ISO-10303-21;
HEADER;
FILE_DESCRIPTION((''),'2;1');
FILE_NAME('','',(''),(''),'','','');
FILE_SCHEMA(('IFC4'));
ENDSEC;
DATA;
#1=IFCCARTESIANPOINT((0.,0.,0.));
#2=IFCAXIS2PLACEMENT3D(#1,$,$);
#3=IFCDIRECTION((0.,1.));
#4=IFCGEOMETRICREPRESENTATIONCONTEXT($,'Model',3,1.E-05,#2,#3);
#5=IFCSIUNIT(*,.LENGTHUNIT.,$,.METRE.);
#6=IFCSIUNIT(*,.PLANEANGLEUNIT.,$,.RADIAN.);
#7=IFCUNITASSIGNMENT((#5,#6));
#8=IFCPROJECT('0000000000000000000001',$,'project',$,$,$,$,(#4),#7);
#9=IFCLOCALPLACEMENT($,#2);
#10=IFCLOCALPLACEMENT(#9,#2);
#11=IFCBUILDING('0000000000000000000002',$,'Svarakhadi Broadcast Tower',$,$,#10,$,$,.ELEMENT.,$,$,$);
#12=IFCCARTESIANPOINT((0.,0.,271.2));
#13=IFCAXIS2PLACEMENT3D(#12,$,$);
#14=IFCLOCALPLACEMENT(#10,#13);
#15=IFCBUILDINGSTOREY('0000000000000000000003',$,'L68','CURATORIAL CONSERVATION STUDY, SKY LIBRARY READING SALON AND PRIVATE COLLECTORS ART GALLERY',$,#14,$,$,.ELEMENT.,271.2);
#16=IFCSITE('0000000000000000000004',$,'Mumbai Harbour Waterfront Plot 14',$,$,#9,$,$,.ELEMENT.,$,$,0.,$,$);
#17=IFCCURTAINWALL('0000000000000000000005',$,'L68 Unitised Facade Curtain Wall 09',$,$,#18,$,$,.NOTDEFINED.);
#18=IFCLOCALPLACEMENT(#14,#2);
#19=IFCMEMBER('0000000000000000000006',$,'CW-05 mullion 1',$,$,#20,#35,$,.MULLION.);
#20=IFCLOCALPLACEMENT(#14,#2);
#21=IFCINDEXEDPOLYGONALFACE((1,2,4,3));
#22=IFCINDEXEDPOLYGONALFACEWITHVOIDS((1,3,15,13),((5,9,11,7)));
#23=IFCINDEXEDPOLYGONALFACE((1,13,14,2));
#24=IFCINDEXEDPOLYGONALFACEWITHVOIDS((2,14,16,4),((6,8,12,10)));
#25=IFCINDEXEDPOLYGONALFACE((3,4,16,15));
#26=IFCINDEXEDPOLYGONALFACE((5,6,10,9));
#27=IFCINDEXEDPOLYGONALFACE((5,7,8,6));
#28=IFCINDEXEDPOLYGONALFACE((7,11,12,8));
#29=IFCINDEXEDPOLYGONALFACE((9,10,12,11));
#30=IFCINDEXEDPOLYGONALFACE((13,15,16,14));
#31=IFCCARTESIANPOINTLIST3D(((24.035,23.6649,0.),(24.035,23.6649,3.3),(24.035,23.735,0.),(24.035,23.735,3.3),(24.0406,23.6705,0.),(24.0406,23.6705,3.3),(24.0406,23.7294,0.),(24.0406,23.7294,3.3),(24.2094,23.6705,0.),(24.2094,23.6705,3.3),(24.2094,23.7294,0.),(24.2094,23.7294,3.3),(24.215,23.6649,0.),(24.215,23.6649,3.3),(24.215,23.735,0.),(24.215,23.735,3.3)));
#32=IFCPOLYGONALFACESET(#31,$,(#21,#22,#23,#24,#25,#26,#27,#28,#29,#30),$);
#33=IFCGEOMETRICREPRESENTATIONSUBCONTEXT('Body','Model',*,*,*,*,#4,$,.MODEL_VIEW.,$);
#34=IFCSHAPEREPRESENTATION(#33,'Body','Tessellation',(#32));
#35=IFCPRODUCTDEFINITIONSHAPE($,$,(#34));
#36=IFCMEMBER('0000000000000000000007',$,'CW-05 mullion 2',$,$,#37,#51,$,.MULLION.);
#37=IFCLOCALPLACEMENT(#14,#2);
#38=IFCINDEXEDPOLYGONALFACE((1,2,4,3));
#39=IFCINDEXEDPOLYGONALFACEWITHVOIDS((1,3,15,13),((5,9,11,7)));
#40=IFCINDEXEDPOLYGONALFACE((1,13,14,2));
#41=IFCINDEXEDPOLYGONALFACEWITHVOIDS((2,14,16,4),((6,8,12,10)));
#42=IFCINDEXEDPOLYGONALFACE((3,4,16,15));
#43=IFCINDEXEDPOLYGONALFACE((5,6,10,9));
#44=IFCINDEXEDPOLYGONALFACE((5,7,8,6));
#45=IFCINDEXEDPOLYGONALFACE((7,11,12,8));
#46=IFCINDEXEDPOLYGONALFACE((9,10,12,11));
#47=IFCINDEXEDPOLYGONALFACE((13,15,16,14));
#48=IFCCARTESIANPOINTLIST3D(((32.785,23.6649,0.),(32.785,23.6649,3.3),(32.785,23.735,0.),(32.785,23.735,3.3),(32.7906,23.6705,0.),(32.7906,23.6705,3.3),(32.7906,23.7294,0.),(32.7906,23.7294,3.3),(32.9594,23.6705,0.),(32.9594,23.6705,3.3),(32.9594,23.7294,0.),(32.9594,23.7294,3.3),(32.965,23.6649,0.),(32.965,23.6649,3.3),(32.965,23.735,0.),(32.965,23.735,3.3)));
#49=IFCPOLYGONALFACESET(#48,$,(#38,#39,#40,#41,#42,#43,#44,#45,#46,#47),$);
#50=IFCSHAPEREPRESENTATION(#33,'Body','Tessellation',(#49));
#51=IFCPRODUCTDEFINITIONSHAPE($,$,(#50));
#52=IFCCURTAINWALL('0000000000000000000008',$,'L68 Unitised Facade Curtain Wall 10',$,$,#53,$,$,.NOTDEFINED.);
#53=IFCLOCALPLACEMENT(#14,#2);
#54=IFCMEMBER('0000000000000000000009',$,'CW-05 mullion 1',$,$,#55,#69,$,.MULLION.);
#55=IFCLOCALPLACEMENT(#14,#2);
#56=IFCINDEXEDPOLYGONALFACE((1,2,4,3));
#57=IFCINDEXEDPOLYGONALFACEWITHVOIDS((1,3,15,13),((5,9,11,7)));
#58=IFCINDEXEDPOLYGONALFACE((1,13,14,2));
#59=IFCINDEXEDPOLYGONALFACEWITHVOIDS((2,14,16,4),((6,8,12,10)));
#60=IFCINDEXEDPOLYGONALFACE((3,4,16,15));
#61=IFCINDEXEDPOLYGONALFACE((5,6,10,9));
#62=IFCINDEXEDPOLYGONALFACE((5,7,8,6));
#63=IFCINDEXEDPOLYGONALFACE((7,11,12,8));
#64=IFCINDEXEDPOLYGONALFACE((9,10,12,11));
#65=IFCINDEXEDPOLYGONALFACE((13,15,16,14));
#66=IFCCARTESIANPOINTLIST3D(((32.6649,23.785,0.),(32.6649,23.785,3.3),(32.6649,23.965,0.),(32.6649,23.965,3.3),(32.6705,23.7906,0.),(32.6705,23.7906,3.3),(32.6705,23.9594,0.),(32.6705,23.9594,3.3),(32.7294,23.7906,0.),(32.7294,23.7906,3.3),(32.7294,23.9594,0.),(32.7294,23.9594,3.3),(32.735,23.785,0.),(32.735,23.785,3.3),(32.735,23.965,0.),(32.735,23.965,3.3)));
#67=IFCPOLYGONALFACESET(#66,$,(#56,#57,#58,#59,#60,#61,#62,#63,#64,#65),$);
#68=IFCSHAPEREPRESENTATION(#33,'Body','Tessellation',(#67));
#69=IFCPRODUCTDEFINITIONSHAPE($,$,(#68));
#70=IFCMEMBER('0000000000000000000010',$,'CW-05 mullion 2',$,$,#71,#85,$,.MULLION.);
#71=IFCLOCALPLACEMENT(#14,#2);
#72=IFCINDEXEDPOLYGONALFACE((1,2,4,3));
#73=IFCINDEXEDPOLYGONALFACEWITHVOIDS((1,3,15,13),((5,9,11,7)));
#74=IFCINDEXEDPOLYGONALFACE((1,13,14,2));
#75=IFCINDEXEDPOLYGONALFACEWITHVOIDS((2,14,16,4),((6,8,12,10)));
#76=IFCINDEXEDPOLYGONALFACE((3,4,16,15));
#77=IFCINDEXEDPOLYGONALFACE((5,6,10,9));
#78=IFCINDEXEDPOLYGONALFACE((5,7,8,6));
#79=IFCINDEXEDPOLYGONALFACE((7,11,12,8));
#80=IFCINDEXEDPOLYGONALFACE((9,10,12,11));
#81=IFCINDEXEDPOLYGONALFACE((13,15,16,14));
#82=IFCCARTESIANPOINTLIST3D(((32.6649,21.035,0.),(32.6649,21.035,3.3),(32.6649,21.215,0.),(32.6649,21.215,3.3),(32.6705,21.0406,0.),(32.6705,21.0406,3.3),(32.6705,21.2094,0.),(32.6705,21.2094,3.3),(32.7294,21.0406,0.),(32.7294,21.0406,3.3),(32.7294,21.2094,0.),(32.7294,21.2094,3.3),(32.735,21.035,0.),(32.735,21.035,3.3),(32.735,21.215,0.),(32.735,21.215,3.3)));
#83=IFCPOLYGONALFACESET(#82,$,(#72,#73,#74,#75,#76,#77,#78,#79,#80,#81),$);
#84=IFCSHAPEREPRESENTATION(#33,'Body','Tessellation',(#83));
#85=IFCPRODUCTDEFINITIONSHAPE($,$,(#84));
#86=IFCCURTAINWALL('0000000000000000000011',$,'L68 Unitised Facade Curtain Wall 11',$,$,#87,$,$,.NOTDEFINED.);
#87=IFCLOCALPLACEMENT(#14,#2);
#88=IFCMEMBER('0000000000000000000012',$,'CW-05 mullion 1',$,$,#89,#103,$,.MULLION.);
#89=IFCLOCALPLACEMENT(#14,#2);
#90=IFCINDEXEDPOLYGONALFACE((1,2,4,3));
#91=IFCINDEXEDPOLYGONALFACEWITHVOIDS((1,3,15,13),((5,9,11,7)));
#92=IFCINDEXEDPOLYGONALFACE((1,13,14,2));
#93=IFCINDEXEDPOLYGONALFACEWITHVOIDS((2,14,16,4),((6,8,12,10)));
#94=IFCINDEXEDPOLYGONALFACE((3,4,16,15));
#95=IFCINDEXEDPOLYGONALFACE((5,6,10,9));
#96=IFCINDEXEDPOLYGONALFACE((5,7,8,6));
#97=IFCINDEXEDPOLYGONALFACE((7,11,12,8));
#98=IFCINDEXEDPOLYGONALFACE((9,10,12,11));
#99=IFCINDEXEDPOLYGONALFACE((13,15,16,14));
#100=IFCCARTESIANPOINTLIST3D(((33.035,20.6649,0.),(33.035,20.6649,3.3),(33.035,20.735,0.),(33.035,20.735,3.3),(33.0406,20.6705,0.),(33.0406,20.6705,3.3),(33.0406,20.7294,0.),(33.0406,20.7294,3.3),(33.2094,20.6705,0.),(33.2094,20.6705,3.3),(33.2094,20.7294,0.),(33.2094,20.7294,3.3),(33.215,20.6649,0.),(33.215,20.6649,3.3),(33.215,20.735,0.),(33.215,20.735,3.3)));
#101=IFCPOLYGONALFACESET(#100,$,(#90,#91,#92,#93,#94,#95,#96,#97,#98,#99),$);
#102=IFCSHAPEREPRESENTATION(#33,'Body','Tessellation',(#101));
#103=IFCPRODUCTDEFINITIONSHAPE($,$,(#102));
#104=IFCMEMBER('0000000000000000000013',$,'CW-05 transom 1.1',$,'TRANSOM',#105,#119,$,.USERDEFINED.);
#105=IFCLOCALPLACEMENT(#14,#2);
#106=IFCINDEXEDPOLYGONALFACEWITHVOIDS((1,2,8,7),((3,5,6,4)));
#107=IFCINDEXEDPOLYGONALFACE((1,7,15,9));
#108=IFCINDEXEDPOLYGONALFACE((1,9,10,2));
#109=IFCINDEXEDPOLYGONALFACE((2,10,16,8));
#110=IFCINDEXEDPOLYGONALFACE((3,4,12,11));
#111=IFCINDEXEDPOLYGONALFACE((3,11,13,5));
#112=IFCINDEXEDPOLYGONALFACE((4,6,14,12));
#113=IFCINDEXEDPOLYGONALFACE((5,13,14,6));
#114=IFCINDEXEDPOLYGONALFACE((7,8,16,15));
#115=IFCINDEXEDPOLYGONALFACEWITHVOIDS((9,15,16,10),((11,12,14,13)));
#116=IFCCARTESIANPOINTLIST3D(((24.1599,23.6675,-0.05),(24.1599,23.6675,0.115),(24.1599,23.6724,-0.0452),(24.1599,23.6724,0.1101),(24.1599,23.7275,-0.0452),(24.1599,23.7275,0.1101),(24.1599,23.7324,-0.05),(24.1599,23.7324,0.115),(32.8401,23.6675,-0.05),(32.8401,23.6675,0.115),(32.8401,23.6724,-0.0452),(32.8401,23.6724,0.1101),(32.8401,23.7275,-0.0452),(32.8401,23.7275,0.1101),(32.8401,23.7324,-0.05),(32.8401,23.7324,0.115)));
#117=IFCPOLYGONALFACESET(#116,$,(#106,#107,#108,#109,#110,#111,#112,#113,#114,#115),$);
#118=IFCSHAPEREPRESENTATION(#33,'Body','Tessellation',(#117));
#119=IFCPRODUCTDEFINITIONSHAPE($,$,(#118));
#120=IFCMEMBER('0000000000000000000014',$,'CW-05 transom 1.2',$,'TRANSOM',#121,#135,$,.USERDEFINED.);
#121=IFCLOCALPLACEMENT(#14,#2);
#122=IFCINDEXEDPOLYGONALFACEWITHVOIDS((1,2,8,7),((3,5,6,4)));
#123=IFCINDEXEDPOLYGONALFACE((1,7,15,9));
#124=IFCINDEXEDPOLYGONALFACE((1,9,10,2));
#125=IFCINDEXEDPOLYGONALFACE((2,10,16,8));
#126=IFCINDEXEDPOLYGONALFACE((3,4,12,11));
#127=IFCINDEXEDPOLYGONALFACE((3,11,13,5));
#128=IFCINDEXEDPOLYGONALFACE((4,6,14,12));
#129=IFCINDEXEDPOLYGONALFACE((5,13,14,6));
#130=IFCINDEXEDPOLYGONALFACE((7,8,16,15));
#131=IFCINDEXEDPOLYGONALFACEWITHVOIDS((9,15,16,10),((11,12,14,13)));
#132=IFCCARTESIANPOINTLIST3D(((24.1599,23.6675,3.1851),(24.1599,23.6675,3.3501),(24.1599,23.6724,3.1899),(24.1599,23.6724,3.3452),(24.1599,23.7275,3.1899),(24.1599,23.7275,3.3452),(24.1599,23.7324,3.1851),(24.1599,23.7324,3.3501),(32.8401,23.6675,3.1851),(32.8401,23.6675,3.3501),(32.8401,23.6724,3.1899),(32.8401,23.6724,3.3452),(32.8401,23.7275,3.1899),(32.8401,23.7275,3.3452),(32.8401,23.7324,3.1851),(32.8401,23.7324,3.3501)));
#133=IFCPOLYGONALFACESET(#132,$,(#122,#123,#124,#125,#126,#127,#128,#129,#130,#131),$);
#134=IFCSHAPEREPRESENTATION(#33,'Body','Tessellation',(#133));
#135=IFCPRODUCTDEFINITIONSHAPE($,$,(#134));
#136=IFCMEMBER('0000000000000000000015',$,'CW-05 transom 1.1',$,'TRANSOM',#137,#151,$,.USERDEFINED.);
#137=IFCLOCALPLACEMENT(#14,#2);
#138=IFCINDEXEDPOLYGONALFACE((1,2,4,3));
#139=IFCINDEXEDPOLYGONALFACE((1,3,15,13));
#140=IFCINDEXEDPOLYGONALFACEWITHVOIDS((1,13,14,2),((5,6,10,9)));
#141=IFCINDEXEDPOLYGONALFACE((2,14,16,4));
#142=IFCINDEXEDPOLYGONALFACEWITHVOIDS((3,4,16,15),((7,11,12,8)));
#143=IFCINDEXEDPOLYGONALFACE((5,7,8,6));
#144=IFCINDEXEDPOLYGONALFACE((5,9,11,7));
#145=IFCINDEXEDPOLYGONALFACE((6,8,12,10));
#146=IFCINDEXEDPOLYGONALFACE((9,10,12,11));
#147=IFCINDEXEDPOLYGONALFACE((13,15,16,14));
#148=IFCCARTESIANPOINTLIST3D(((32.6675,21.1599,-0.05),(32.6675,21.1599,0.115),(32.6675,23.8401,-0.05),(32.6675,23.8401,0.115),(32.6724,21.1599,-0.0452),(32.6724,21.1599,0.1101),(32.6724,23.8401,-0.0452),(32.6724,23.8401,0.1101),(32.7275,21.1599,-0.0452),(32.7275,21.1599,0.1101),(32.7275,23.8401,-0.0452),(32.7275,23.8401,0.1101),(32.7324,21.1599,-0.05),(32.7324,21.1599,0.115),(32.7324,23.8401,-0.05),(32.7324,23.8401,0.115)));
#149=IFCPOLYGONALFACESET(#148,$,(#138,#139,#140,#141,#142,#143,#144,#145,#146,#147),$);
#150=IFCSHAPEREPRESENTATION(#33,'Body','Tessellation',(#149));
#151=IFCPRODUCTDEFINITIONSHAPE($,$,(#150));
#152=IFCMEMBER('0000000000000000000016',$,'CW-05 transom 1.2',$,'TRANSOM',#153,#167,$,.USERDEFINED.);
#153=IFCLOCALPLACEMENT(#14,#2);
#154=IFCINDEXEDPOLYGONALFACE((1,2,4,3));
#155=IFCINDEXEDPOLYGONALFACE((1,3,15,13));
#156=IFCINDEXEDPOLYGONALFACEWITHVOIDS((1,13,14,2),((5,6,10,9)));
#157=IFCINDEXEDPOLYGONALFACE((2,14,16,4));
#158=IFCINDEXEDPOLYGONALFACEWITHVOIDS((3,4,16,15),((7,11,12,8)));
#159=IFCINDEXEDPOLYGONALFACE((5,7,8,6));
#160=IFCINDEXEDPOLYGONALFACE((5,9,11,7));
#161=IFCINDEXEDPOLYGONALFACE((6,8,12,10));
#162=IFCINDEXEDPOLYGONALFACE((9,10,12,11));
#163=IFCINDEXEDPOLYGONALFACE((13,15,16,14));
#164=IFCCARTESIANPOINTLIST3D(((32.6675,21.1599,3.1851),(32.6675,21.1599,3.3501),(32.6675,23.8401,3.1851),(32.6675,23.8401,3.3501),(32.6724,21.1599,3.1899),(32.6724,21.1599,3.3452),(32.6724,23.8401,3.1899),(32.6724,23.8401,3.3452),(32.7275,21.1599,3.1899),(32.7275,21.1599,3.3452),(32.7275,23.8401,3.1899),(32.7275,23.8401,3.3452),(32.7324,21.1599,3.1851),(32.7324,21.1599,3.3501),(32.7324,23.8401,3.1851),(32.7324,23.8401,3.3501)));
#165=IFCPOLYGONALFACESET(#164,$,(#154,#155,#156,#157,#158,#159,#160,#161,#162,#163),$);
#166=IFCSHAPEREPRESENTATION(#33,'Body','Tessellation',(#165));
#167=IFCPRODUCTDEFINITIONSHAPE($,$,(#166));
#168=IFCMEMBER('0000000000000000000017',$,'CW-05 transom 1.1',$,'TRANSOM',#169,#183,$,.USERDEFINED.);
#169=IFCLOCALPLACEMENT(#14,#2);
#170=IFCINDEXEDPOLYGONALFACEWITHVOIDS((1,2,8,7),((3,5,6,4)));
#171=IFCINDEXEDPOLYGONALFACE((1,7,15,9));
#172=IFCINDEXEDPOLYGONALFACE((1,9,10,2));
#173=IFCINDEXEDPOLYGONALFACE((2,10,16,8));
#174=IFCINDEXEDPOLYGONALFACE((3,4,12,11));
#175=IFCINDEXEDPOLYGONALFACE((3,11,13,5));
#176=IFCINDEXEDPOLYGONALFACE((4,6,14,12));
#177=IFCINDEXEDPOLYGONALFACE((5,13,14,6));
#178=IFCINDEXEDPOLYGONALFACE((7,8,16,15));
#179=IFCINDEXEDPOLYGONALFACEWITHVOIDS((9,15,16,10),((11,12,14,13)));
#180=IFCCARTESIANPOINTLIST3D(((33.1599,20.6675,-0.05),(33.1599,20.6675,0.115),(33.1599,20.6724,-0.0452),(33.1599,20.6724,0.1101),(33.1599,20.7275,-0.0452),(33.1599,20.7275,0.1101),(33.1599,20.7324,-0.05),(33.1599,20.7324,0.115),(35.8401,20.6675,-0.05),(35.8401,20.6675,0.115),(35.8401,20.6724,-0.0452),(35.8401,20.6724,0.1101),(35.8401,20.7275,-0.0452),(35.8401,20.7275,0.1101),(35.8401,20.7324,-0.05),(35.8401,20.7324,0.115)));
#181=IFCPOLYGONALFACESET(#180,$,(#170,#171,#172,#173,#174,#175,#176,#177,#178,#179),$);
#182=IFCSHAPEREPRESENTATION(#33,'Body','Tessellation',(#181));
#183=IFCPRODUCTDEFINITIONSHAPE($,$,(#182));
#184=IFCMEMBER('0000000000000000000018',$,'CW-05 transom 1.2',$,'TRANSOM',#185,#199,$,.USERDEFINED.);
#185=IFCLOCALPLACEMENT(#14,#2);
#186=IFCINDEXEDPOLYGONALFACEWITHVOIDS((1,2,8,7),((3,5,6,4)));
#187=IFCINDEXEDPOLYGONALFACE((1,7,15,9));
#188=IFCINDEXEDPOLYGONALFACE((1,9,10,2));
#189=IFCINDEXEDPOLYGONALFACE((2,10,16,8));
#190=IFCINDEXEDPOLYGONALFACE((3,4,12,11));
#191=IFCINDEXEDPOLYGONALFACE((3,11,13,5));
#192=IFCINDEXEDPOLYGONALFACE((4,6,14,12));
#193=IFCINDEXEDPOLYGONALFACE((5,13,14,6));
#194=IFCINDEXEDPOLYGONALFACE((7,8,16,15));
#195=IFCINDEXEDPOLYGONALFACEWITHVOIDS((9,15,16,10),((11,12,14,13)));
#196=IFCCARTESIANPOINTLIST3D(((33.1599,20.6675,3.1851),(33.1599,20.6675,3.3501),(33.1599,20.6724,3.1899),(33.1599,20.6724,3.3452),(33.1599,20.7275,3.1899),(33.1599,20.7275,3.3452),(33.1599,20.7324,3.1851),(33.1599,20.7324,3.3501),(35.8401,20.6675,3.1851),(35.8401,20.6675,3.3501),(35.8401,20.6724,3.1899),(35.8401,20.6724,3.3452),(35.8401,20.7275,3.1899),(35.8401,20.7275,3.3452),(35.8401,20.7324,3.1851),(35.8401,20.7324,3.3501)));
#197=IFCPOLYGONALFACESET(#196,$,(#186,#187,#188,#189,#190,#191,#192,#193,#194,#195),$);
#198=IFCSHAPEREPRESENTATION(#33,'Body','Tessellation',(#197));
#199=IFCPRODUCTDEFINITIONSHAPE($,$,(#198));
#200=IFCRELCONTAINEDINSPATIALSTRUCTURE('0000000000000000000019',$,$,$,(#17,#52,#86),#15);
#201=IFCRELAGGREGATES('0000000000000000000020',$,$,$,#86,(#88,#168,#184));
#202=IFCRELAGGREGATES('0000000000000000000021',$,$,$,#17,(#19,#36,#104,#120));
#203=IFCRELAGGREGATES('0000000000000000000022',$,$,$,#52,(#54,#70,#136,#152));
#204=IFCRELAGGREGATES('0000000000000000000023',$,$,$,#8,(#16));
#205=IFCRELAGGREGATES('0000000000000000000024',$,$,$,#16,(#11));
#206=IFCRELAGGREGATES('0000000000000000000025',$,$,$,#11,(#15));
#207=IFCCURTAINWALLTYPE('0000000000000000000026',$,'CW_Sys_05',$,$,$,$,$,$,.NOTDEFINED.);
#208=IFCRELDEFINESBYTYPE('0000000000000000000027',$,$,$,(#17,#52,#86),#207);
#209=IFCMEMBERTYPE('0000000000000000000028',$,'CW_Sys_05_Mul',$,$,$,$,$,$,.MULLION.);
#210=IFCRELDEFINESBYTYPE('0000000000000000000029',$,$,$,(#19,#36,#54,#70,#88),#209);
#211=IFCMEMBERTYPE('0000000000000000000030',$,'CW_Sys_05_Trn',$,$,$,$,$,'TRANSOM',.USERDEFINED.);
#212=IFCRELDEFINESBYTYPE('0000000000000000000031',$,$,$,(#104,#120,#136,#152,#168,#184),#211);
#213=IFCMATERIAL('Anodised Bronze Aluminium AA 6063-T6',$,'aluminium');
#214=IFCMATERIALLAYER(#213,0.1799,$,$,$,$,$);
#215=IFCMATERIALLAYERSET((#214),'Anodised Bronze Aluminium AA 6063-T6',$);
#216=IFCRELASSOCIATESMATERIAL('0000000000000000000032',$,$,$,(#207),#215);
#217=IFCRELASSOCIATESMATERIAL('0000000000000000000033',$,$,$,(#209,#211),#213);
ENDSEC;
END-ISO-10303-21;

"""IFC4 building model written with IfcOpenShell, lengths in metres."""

from ifc_helpers import new_model, si_unit, direction, frame, origin, origin_2d, place, context, subcontext, project, spatial, hollow_rectangle, extrude, material, layer, layer_set, material_profile, profile_set, type_object, element, aggregate, save


model = new_model("IFC4")

# Units and contexts
model_context = context("Model", 3, precision=1e-05, world=origin(), true_north=direction((0.0, 1.0)))
body_context = subcontext(model_context, "Body", "Model", "MODEL_VIEW")
ifc_project = project(units=[si_unit("LENGTHUNIT", "METRE"), si_unit("PLANEANGLEUNIT", "RADIAN")], contexts=[model_context])

# Site, building, storey
site_placement = place(None, origin())
site = spatial("IfcSite", under=ifc_project, at=site_placement, Name="Mumbai Harbour Waterfront Plot 14", CompositionType="ELEMENT", RefElevation=0.0)
building_placement = place(site_placement, origin())
building = spatial("IfcBuilding", under=site, at=building_placement, Name="Svarakhadi Broadcast Tower", CompositionType="ELEMENT")
storey_placement = place(building_placement, frame((0.0, 0.0, 271.2)))
storey = spatial("IfcBuildingStorey", under=building, at=storey_placement, Name="L68", Description="CURATORIAL CONSERVATION STUDY, SKY LIBRARY READING SALON AND PRIVATE COLLECTORS ART GALLERY", CompositionType="ELEMENT", Elevation=271.2)

# Curtain walls, members
ifc_material_1 = material(Name="Anodised Bronze Aluminium AA 6063-T6", Category="aluminium")
ifc_layer_1 = layer(ifc_material_1, 0.1799)
ifc_layer_set_1 = layer_set([ifc_layer_1], Name="Anodised Bronze Aluminium AA 6063-T6")
curtain_wall_type = type_object("IfcCurtainWallType", Name="CW_Sys_05", PredefinedType="NOTDEFINED", material=ifc_layer_set_1)
curtain_wall_1_placement = place(storey_placement, origin())
curtain_wall_1 = element("IfcCurtainWall", 1, at=curtain_wall_1_placement, inside=storey, type_object=curtain_wall_type, Name="L68 Unitised Facade Curtain Wall 09", PredefinedType="NOTDEFINED")
ifc_material_profile_1 = material_profile(ifc_material_1, hollow_rectangle(XDim=0.0701, YDim=0.1799, WallThickness=0.0056, at=origin_2d()), Name="ALU MULLION 180x70x6")
ifc_profile_set_1 = profile_set([ifc_material_profile_1], Name="Anodised Bronze Aluminium AA 6063-T6")
member_type_1 = type_object("IfcMemberType", Name="CW_Sys_05_Mul", PredefinedType="MULLION", material=ifc_profile_set_1)
member_1_placement = place(storey_placement, frame((24.125, 23.7, 0.0), z_axis=(0.0, 0.0, 1.0), x_axis=(0.0, 1.0, 0.0)))
member_1 = element("IfcMember", 2, at=member_1_placement, type_object=member_type_1, Name="CW-05 mullion 1", PredefinedType="MULLION", context=body_context, shape_type="SweptSolid", body=[
    extrude(hollow_rectangle(XDim=0.0701, YDim=0.1799, WallThickness=0.0056, at=origin_2d()), origin(), (0.0, 0.0, 1.0), 3.3),
])
member_2_placement = place(storey_placement, frame((32.875, 23.7, 0.0), z_axis=(0.0, 0.0, 1.0), x_axis=(0.0, 1.0, 0.0)))
member_2 = element("IfcMember", 3, at=member_2_placement, type_object=member_type_1, Name="CW-05 mullion 2", PredefinedType="MULLION", context=body_context, shape_type="SweptSolid", body=[
    extrude(hollow_rectangle(XDim=0.0701, YDim=0.1799, WallThickness=0.0056, at=origin_2d()), origin(), (0.0, 0.0, 1.0), 3.3),
])
curtain_wall_2_placement = place(storey_placement, origin())
curtain_wall_2 = element("IfcCurtainWall", 4, at=curtain_wall_2_placement, inside=storey, type_object=curtain_wall_type, Name="L68 Unitised Facade Curtain Wall 10", PredefinedType="NOTDEFINED")
member_3_placement = place(storey_placement, frame((32.7, 23.875, 0.0), z_axis=(0.0, 0.0, 1.0), x_axis=(1.0, 0.0, 0.0)))
member_3 = element("IfcMember", 5, at=member_3_placement, type_object=member_type_1, Name="CW-05 mullion 1", PredefinedType="MULLION", context=body_context, shape_type="SweptSolid", body=[
    extrude(hollow_rectangle(XDim=0.0701, YDim=0.1799, WallThickness=0.0056, at=origin_2d()), origin(), (0.0, 0.0, 1.0), 3.3),
])
member_4_placement = place(storey_placement, frame((32.7, 21.125, 0.0), z_axis=(0.0, 0.0, 1.0), x_axis=(1.0, 0.0, 0.0)))
member_4 = element("IfcMember", 6, at=member_4_placement, type_object=member_type_1, Name="CW-05 mullion 2", PredefinedType="MULLION", context=body_context, shape_type="SweptSolid", body=[
    extrude(hollow_rectangle(XDim=0.0701, YDim=0.1799, WallThickness=0.0056, at=origin_2d()), origin(), (0.0, 0.0, 1.0), 3.3),
])

# Curtain wall, member
curtain_wall_3_placement = place(storey_placement, origin())
curtain_wall_3 = element("IfcCurtainWall", 7, at=curtain_wall_3_placement, inside=storey, type_object=curtain_wall_type, Name="L68 Unitised Facade Curtain Wall 11", PredefinedType="NOTDEFINED")
member_5_placement = place(storey_placement, frame((33.125, 20.7, 0.0), z_axis=(0.0, 0.0, 1.0), x_axis=(0.0, 1.0, 0.0)))
member_5 = element("IfcMember", 8, at=member_5_placement, type_object=member_type_1, Name="CW-05 mullion 1", PredefinedType="MULLION", context=body_context, shape_type="SweptSolid", body=[
    extrude(hollow_rectangle(XDim=0.0701, YDim=0.1799, WallThickness=0.0056, at=origin_2d()), origin(), (0.0, 0.0, 1.0), 3.3),
])

# Members
ifc_material_profile_2 = material_profile(ifc_material_1, hollow_rectangle(XDim=0.0649, YDim=0.165, WallThickness=0.0049, at=origin_2d()), Name="ALU TRANSOM 165x65x5")
ifc_profile_set_2 = profile_set([ifc_material_profile_2], Name="Anodised Bronze Aluminium AA 6063-T6")
member_type_2 = type_object("IfcMemberType", Name="CW_Sys_05_Trn", ElementType="TRANSOM", PredefinedType="USERDEFINED", material=ifc_profile_set_2)
member_6_placement = place(storey_placement, frame((24.1599, 23.7, 0.0325), z_axis=(1.0, 0.0, 0.0), x_axis=(0.0, 1.0, 0.0)))
member_6 = element("IfcMember", 9, at=member_6_placement, type_object=member_type_2, Name="CW-05 transom 1.1", ObjectType="TRANSOM", PredefinedType="USERDEFINED", context=body_context, shape_type="SweptSolid", body=[
    extrude(hollow_rectangle(XDim=0.0649, YDim=0.165, WallThickness=0.0049, at=origin_2d()), origin(), (0.0, 0.0, 1.0), 8.6802),
])
member_7_placement = place(storey_placement, frame((24.1599, 23.7, 3.2676), z_axis=(1.0, 0.0, 0.0), x_axis=(0.0, 1.0, 0.0)))
member_7 = element("IfcMember", 10, at=member_7_placement, type_object=member_type_2, Name="CW-05 transom 1.2", ObjectType="TRANSOM", PredefinedType="USERDEFINED", context=body_context, shape_type="SweptSolid", body=[
    extrude(hollow_rectangle(XDim=0.0649, YDim=0.165, WallThickness=0.0049, at=origin_2d()), origin(), (0.0, 0.0, 1.0), 8.6802),
])
member_8_placement = place(storey_placement, frame((32.7, 23.8401, 0.0325), z_axis=(0.0, -1.0, 0.0), x_axis=(1.0, 0.0, 0.0)))
member_8 = element("IfcMember", 11, at=member_8_placement, type_object=member_type_2, Name="CW-05 transom 1.1", ObjectType="TRANSOM", PredefinedType="USERDEFINED", context=body_context, shape_type="SweptSolid", body=[
    extrude(hollow_rectangle(XDim=0.0649, YDim=0.165, WallThickness=0.0049, at=origin_2d()), origin(), (0.0, 0.0, 1.0), 2.6802),
])
member_9_placement = place(storey_placement, frame((32.7, 23.8401, 3.2676), z_axis=(0.0, -1.0, 0.0), x_axis=(1.0, 0.0, 0.0)))
member_9 = element("IfcMember", 12, at=member_9_placement, type_object=member_type_2, Name="CW-05 transom 1.2", ObjectType="TRANSOM", PredefinedType="USERDEFINED", context=body_context, shape_type="SweptSolid", body=[
    extrude(hollow_rectangle(XDim=0.0649, YDim=0.165, WallThickness=0.0049, at=origin_2d()), origin(), (0.0, 0.0, 1.0), 2.6802),
])
member_10_placement = place(storey_placement, frame((33.1599, 20.7, 0.0325), z_axis=(1.0, 0.0, 0.0), x_axis=(0.0, 1.0, 0.0)))
member_10 = element("IfcMember", 13, at=member_10_placement, type_object=member_type_2, Name="CW-05 transom 1.1", ObjectType="TRANSOM", PredefinedType="USERDEFINED", context=body_context, shape_type="SweptSolid", body=[
    extrude(hollow_rectangle(XDim=0.0649, YDim=0.165, WallThickness=0.0049, at=origin_2d()), origin(), (0.0, 0.0, 1.0), 2.6802),
])
member_11_placement = place(storey_placement, frame((33.1599, 20.7, 3.2676), z_axis=(1.0, 0.0, 0.0), x_axis=(0.0, 1.0, 0.0)))
member_11 = element("IfcMember", 14, at=member_11_placement, type_object=member_type_2, Name="CW-05 transom 1.2", ObjectType="TRANSOM", PredefinedType="USERDEFINED", context=body_context, shape_type="SweptSolid", body=[
    extrude(hollow_rectangle(XDim=0.0649, YDim=0.165, WallThickness=0.0049, at=origin_2d()), origin(), (0.0, 0.0, 1.0), 2.6802),
])
aggregate(curtain_wall_3, [member_5, member_10, member_11])

aggregate(curtain_wall_1, [member_1, member_2, member_6, member_7])
aggregate(curtain_wall_2, [member_3, member_4, member_8, member_9])

save(model, "model.ifc")
